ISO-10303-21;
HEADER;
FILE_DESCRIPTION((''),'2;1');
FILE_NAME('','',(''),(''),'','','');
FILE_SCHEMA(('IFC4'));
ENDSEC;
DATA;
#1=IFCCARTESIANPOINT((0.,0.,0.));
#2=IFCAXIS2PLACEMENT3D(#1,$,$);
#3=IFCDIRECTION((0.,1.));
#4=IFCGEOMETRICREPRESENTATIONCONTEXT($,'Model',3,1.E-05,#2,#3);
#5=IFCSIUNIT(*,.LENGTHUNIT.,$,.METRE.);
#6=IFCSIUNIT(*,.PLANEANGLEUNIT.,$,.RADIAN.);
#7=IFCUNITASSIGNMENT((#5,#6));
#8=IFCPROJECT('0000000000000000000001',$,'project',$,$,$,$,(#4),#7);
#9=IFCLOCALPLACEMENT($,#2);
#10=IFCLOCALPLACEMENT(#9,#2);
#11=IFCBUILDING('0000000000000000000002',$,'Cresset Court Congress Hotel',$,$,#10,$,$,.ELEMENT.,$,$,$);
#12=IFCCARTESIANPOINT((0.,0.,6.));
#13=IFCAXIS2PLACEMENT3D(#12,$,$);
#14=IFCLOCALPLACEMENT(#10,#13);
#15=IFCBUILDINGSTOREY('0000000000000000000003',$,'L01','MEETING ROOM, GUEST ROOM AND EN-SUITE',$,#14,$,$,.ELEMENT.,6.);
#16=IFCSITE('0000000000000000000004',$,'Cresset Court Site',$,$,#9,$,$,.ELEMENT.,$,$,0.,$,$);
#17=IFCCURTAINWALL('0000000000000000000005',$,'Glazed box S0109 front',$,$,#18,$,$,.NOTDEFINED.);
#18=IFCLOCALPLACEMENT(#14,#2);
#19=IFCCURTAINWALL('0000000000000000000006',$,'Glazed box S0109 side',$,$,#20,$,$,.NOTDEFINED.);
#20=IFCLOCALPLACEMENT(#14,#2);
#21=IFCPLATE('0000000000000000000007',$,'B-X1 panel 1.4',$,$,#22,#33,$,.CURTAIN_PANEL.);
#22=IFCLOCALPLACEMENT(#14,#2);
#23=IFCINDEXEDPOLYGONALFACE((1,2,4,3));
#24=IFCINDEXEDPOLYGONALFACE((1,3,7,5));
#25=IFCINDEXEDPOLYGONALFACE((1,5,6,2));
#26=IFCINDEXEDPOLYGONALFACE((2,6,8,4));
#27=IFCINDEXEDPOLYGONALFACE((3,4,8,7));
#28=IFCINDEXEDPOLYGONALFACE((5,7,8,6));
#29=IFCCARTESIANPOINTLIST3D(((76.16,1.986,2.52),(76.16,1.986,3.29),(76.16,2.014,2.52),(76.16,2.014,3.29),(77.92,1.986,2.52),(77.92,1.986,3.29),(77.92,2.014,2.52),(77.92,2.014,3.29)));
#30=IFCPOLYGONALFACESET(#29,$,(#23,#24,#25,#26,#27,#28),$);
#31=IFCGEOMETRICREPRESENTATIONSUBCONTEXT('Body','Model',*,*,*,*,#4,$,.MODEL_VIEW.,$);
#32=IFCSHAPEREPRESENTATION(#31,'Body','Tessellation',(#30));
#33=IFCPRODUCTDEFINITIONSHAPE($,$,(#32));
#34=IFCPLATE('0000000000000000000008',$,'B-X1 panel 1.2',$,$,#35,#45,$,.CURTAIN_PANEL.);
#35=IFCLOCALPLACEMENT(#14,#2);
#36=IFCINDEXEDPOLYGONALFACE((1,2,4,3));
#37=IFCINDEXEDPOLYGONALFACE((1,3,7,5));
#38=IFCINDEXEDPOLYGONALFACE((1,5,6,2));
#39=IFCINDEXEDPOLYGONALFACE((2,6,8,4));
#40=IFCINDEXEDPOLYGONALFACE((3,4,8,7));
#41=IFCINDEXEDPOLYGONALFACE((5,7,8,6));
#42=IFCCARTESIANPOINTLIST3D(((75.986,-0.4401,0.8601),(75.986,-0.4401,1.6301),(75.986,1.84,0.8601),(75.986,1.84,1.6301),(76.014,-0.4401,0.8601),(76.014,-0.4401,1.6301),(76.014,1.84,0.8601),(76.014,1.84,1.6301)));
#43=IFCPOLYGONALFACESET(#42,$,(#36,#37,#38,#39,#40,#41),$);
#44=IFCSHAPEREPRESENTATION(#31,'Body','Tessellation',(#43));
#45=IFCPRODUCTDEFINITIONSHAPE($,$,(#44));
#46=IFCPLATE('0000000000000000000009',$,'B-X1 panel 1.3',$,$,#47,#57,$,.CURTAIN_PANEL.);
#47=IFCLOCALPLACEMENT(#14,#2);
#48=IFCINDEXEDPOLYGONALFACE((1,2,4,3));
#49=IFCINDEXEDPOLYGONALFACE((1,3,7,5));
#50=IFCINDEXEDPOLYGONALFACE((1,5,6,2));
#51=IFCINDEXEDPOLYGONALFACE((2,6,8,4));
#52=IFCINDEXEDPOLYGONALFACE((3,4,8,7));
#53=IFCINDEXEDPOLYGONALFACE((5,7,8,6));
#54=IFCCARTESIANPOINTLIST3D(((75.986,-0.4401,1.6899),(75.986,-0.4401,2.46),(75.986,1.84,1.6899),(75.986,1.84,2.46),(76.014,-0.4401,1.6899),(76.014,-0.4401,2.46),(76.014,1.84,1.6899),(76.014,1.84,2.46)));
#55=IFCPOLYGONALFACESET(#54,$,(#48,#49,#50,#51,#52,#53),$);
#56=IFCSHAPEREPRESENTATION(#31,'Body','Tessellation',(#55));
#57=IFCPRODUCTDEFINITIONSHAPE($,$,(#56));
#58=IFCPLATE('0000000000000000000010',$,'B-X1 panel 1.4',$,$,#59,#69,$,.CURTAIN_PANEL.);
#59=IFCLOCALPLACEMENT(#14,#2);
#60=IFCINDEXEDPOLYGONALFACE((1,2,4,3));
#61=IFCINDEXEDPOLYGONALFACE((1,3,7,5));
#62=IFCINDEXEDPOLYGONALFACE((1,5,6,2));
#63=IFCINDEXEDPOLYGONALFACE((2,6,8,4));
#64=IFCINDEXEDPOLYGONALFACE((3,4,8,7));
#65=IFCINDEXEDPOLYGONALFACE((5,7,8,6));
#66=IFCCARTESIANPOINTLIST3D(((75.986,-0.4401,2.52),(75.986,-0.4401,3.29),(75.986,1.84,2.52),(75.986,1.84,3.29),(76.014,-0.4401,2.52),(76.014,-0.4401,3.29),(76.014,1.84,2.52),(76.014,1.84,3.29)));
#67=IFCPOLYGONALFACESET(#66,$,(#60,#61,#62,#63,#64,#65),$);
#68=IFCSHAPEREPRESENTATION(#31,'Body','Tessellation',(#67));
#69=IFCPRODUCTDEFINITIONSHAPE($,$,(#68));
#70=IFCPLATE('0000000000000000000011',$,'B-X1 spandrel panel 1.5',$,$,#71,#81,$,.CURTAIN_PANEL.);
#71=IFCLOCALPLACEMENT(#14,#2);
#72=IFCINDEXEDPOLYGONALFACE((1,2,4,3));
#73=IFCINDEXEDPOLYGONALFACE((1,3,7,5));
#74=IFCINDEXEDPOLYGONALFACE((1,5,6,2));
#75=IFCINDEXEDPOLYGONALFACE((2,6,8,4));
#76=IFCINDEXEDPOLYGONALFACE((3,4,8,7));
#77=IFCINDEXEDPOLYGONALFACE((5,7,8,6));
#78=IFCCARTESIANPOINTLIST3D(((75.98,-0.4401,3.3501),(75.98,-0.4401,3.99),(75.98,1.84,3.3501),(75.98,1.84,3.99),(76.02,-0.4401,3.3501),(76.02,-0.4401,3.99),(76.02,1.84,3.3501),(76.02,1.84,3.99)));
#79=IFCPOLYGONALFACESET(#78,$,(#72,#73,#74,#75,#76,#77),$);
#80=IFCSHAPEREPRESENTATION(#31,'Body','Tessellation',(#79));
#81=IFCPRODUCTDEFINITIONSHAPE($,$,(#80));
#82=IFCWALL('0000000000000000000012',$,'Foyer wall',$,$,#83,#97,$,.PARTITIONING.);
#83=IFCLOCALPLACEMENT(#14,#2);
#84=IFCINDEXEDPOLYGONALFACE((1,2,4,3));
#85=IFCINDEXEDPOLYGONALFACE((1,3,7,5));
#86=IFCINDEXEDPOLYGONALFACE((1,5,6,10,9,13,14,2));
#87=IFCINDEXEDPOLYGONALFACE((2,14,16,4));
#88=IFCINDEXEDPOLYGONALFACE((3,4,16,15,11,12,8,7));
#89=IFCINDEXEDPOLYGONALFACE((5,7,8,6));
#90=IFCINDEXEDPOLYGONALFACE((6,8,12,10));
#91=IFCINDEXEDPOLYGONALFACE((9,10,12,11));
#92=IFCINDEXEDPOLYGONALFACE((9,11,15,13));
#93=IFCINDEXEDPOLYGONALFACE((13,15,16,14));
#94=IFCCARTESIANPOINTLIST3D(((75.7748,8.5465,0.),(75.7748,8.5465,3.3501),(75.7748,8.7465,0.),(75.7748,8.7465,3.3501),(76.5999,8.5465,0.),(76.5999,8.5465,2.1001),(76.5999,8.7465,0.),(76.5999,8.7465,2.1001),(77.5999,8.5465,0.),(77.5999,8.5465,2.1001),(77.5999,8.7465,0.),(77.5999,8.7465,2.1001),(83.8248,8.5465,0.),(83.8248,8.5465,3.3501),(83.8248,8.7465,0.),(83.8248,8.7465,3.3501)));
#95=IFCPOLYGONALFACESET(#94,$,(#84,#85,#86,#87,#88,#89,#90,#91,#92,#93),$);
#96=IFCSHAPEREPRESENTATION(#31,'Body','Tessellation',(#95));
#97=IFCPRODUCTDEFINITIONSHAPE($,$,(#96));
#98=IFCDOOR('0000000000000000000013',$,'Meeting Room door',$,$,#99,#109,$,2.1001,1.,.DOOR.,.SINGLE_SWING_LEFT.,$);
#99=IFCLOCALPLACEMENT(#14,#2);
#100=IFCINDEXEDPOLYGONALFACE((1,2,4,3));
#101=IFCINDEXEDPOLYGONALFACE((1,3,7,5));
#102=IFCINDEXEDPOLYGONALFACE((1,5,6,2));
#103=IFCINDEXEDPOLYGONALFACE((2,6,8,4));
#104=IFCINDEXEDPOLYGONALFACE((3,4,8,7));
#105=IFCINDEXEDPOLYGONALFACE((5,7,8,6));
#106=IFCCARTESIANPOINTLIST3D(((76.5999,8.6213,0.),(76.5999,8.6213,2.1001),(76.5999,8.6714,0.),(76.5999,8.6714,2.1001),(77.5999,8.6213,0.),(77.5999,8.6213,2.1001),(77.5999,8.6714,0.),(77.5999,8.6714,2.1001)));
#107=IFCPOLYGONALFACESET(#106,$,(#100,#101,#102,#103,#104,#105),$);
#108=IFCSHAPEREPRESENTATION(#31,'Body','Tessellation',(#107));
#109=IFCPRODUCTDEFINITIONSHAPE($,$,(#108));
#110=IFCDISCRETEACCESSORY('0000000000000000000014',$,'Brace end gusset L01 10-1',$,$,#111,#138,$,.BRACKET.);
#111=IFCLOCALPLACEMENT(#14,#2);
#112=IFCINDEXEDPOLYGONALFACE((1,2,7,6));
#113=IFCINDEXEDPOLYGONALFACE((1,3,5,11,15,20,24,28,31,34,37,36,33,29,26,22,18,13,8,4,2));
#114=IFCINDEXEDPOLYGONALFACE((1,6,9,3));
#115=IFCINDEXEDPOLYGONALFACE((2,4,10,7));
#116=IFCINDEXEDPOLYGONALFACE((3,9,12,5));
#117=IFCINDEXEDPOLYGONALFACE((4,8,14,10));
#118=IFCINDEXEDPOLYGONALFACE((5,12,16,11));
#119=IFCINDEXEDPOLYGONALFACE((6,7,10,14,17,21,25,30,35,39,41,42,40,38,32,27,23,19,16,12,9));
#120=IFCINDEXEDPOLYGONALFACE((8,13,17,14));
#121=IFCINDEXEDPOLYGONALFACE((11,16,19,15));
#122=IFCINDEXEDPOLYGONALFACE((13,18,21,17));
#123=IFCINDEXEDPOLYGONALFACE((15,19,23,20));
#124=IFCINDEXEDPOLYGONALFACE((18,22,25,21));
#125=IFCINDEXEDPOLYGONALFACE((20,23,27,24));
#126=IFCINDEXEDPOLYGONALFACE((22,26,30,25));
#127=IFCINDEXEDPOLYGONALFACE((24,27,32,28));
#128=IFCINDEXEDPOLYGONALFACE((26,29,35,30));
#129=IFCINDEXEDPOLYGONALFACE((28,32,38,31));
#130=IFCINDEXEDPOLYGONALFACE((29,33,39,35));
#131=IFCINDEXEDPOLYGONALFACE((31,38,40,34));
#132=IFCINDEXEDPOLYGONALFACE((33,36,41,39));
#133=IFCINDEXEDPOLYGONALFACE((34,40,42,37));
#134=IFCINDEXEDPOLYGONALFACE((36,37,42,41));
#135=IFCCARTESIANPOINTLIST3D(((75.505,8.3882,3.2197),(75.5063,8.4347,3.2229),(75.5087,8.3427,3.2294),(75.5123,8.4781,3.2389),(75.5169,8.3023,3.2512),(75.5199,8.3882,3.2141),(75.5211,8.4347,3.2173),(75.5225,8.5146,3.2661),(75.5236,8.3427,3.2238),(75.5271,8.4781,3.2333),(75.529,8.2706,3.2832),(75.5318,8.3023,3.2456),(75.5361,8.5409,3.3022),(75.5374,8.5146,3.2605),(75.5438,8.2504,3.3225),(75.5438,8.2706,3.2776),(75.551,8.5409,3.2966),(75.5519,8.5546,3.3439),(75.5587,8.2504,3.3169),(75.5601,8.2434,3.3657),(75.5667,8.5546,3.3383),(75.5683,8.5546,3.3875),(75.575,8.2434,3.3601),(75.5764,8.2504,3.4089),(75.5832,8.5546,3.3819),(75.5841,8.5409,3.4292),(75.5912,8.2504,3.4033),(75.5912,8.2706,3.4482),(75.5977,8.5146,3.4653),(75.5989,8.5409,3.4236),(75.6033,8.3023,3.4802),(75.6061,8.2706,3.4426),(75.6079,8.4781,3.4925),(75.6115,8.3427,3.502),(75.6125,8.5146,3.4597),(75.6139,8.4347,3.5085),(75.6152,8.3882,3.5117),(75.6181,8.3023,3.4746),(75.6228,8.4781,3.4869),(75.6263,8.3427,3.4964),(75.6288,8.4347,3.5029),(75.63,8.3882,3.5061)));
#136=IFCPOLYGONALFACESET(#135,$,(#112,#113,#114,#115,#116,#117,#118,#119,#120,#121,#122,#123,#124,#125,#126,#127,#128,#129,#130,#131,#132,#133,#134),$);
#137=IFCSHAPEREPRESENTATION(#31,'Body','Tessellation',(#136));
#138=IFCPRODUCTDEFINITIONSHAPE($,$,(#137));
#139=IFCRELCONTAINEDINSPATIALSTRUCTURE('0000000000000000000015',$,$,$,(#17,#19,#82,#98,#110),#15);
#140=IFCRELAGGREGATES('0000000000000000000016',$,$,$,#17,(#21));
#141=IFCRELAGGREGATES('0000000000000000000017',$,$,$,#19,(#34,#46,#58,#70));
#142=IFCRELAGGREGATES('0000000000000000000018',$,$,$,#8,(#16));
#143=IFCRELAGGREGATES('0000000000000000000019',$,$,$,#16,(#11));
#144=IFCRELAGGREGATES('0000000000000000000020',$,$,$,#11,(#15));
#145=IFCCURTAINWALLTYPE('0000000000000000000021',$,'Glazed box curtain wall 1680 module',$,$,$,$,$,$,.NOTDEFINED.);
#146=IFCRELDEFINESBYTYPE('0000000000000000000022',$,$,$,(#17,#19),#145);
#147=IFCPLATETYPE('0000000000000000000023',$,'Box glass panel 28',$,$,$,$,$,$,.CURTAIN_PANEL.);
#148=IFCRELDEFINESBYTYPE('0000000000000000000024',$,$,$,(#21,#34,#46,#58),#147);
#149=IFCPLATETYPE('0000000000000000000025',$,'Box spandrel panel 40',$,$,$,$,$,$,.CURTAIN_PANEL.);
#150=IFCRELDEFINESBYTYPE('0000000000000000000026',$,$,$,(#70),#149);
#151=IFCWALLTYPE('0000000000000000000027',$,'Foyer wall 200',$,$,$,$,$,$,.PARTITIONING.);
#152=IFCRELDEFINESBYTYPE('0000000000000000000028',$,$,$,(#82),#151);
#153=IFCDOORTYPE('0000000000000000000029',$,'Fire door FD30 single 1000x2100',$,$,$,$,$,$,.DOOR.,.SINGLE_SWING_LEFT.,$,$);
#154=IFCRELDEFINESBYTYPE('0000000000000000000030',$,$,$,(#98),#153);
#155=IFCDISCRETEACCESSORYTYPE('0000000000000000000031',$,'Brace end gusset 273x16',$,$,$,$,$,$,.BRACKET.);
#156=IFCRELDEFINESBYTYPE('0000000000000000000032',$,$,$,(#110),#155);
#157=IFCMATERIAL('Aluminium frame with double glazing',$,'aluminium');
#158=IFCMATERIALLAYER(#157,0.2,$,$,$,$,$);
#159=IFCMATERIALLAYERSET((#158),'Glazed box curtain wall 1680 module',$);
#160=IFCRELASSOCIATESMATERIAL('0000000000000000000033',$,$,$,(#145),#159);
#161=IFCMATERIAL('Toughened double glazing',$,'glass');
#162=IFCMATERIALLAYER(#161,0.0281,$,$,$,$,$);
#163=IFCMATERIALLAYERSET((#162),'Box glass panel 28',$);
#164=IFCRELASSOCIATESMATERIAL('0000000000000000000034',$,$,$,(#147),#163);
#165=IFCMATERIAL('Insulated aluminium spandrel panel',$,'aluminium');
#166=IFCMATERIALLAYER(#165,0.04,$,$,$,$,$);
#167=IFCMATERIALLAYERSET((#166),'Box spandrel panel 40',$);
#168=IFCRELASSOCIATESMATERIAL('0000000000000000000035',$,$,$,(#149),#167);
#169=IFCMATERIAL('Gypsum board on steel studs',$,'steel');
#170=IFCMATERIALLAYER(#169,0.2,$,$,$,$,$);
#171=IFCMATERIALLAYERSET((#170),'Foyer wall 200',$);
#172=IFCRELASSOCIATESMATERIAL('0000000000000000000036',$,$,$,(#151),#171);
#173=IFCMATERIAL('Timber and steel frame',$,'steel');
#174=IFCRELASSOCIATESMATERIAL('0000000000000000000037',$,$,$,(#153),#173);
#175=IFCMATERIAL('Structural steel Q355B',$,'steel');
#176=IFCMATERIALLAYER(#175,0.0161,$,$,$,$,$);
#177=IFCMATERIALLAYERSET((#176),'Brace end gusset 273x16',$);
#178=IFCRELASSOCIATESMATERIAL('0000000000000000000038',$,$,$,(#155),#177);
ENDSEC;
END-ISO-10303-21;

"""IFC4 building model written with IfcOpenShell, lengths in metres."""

from ifc_helpers import new_model, si_unit, direction, frame, frame_2d, origin, origin_2d, place, context, subcontext, project, spatial, rectangle, circle, extrude, material, layer, layer_set, type_object, element, fill, aggregate, save


model = new_model("IFC4")

# Units and contexts
model_context = context("Model", 3, precision=1e-05, world=origin(), true_north=direction((0.0, 1.0)))
body_context = subcontext(model_context, "Body", "Model", "MODEL_VIEW")
ifc_project = project(units=[si_unit("LENGTHUNIT", "METRE"), si_unit("PLANEANGLEUNIT", "RADIAN")], contexts=[model_context])

# Site, building, storey
site_placement = place(None, origin())
site = spatial("IfcSite", under=ifc_project, at=site_placement, Name="Cresset Court Site", CompositionType="ELEMENT", RefElevation=0.0)
building_placement = place(site_placement, origin())
building = spatial("IfcBuilding", under=site, at=building_placement, Name="Cresset Court Congress Hotel", CompositionType="ELEMENT")
storey_placement = place(building_placement, frame((0.0, 0.0, 6.0)))
storey = spatial("IfcBuildingStorey", under=building, at=storey_placement, Name="L01", Description="MEETING ROOM, GUEST ROOM AND EN-SUITE", CompositionType="ELEMENT", Elevation=6.0)

# Curtain walls
ifc_material_1 = material(Name="Aluminium frame with double glazing", Category="aluminium")
ifc_layer_1 = layer(ifc_material_1, 0.2)
ifc_layer_set_1 = layer_set([ifc_layer_1], Name="Glazed box curtain wall 1680 module")
curtain_wall_type = type_object("IfcCurtainWallType", Name="Glazed box curtain wall 1680 module", PredefinedType="NOTDEFINED", material=ifc_layer_set_1)
curtain_wall_1_placement = place(storey_placement, origin())
curtain_wall_1 = element("IfcCurtainWall", 1, at=curtain_wall_1_placement, inside=storey, type_object=curtain_wall_type, Name="Glazed box S0109 front", PredefinedType="NOTDEFINED")
curtain_wall_2_placement = place(storey_placement, origin())
curtain_wall_2 = element("IfcCurtainWall", 2, at=curtain_wall_2_placement, inside=storey, type_object=curtain_wall_type, Name="Glazed box S0109 side", PredefinedType="NOTDEFINED")

# Plates
ifc_material_2 = material(Name="Toughened double glazing", Category="glass")
ifc_layer_2 = layer(ifc_material_2, 0.0281)
ifc_layer_set_2 = layer_set([ifc_layer_2], Name="Box glass panel 28")
plate_type_1 = type_object("IfcPlateType", Name="Box glass panel 28", PredefinedType="CURTAIN_PANEL", material=ifc_layer_set_2)
plate_1_placement = place(storey_placement, frame((77.04, 2.0, 2.52), z_axis=(0.0, 0.0, 1.0), x_axis=(1.0, 0.0, 0.0)))
plate_1 = element("IfcPlate", 3, at=plate_1_placement, type_object=plate_type_1, Name="B-X1 panel 1.4", PredefinedType="CURTAIN_PANEL", context=body_context, shape_type="SweptSolid", body=[
    extrude(rectangle(XDim=1.76, YDim=0.0281, at=origin_2d()), origin(), (0.0, 0.0, 1.0), 0.77),
])
aggregate(curtain_wall_1, [plate_1])
plate_2_placement = place(storey_placement, frame((76.0, 0.7, 0.8601), z_axis=(0.0, 0.0, 1.0), x_axis=(0.0, 1.0, 0.0)))
plate_2 = element("IfcPlate", 4, at=plate_2_placement, type_object=plate_type_1, Name="B-X1 panel 1.2", PredefinedType="CURTAIN_PANEL", context=body_context, shape_type="SweptSolid", body=[
    extrude(rectangle(XDim=2.28, YDim=0.0281, at=origin_2d()), origin(), (0.0, 0.0, 1.0), 0.77),
])
plate_3_placement = place(storey_placement, frame((76.0, 0.7, 1.6899), z_axis=(0.0, 0.0, 1.0), x_axis=(0.0, 1.0, 0.0)))
plate_3 = element("IfcPlate", 5, at=plate_3_placement, type_object=plate_type_1, Name="B-X1 panel 1.3", PredefinedType="CURTAIN_PANEL", context=body_context, shape_type="SweptSolid", body=[
    extrude(rectangle(XDim=2.28, YDim=0.0281, at=origin_2d()), origin(), (0.0, 0.0, 1.0), 0.77),
])
plate_4_placement = place(storey_placement, frame((76.0, 0.7, 2.52), z_axis=(0.0, 0.0, 1.0), x_axis=(0.0, 1.0, 0.0)))
plate_4 = element("IfcPlate", 6, at=plate_4_placement, type_object=plate_type_1, Name="B-X1 panel 1.4", PredefinedType="CURTAIN_PANEL", context=body_context, shape_type="SweptSolid", body=[
    extrude(rectangle(XDim=2.28, YDim=0.0281, at=origin_2d()), origin(), (0.0, 0.0, 1.0), 0.77),
])
ifc_material_3 = material(Name="Insulated aluminium spandrel panel", Category="aluminium")
ifc_layer_3 = layer(ifc_material_3, 0.04)
ifc_layer_set_3 = layer_set([ifc_layer_3], Name="Box spandrel panel 40")
plate_type_2 = type_object("IfcPlateType", Name="Box spandrel panel 40", PredefinedType="CURTAIN_PANEL", material=ifc_layer_set_3)
plate_5_placement = place(storey_placement, frame((76.0, 0.7, 3.3501), z_axis=(0.0, 0.0, 1.0), x_axis=(0.0, 1.0, 0.0)))
plate_5 = element("IfcPlate", 7, at=plate_5_placement, type_object=plate_type_2, Name="B-X1 spandrel panel 1.5", PredefinedType="CURTAIN_PANEL", context=body_context, shape_type="SweptSolid", body=[
    extrude(rectangle(XDim=2.28, YDim=0.04, at=origin_2d()), origin(), (0.0, 0.0, 1.0), 0.6399),
])
aggregate(curtain_wall_2, [plate_2, plate_3, plate_4, plate_5])

# Wall, opening, door
ifc_material_4 = material(Name="Gypsum board on steel studs", Category="steel")
ifc_layer_4 = layer(ifc_material_4, 0.2)
ifc_layer_set_4 = layer_set([ifc_layer_4], Name="Foyer wall 200")
wall_type = type_object("IfcWallType", Name="Foyer wall 200", PredefinedType="PARTITIONING", material=ifc_layer_set_4)
wall_placement = place(storey_placement, frame((75.7749, 8.6465, 0.0), z_axis=(0.0, 0.0, 1.0), x_axis=(1.0, 0.0, 0.0)))
wall = element("IfcWall", 8, at=wall_placement, inside=storey, type_object=wall_type, Name="Foyer wall", PredefinedType="PARTITIONING", context=body_context, shape_type="SweptSolid", body=[
    extrude(rectangle(XDim=8.05, YDim=0.2, at=frame_2d((4.0249, 0.0))), origin(), (0.0, 0.0, 1.0), 3.3501),
])
opening_placement = place(wall_placement, frame((0.825, 0.0, 0.0)))
opening = element("IfcOpeningElement", 9, at=opening_placement, cuts=wall, PredefinedType="OPENING", context=body_context, shape_type="SweptSolid", body=[
    extrude(rectangle(XDim=1.0, YDim=2.1001, at=frame_2d((0.5, 1.05))), frame((0.0, 0.1099, 0.0), z_axis=(0.0, -1.0, 0.0), x_axis=(1.0, 0.0, 0.0)), (0.0, 0.0, 1.0), 0.22),
])
ifc_material_5 = material(Name="Timber and steel frame", Category="steel")
door_type = type_object("IfcDoorType", Name="Fire door FD30 single 1000x2100", OperationType="SINGLE_SWING_LEFT", PredefinedType="DOOR", material=ifc_material_5)
door_placement = place(opening_placement, origin())
door = element("IfcDoor", 10, at=door_placement, inside=storey, type_object=door_type, Name="Meeting Room door", OperationType="SINGLE_SWING_LEFT", OverallHeight=2.1001, OverallWidth=1.0, PredefinedType="DOOR", context=body_context, shape_type="SweptSolid", body=[
    extrude(rectangle(XDim=1.0, YDim=2.1001, at=frame_2d((0.5, 1.05))), frame((0.0, 0.0249, 0.0), z_axis=(0.0, -1.0, 0.0), x_axis=(1.0, 0.0, 0.0)), (0.0, 0.0, 1.0), 0.05),
])
fill(opening, door)

# Discrete accessory
ifc_material_6 = material(Name="Structural steel Q355B", Category="steel")
ifc_layer_5 = layer(ifc_material_6, 0.0161)
ifc_layer_set_5 = layer_set([ifc_layer_5], Name="Brace end gusset 273x16")
discrete_accessory_type = type_object("IfcDiscreteAccessoryType", Name="Brace end gusset 273x16", PredefinedType="BRACKET", material=ifc_layer_set_5)
discrete_accessory_placement = place(storey_placement, frame((75.575, 8.3999, 3.3601), z_axis=(-0.935697, 0.0, 0.352804), x_axis=(0.0, -1.0, 0.0)))
element("IfcDiscreteAccessory", 11, at=discrete_accessory_placement, inside=storey, type_object=discrete_accessory_type, Name="Brace end gusset L01 10-1", PredefinedType="BRACKET", context=body_context, shape_type="SweptSolid", body=[
    extrude(circle(Radius=0.1565, at=origin_2d()), origin(), (0.0, 0.0, 1.0), 0.0159),
])

save(model, "model.ifc")
